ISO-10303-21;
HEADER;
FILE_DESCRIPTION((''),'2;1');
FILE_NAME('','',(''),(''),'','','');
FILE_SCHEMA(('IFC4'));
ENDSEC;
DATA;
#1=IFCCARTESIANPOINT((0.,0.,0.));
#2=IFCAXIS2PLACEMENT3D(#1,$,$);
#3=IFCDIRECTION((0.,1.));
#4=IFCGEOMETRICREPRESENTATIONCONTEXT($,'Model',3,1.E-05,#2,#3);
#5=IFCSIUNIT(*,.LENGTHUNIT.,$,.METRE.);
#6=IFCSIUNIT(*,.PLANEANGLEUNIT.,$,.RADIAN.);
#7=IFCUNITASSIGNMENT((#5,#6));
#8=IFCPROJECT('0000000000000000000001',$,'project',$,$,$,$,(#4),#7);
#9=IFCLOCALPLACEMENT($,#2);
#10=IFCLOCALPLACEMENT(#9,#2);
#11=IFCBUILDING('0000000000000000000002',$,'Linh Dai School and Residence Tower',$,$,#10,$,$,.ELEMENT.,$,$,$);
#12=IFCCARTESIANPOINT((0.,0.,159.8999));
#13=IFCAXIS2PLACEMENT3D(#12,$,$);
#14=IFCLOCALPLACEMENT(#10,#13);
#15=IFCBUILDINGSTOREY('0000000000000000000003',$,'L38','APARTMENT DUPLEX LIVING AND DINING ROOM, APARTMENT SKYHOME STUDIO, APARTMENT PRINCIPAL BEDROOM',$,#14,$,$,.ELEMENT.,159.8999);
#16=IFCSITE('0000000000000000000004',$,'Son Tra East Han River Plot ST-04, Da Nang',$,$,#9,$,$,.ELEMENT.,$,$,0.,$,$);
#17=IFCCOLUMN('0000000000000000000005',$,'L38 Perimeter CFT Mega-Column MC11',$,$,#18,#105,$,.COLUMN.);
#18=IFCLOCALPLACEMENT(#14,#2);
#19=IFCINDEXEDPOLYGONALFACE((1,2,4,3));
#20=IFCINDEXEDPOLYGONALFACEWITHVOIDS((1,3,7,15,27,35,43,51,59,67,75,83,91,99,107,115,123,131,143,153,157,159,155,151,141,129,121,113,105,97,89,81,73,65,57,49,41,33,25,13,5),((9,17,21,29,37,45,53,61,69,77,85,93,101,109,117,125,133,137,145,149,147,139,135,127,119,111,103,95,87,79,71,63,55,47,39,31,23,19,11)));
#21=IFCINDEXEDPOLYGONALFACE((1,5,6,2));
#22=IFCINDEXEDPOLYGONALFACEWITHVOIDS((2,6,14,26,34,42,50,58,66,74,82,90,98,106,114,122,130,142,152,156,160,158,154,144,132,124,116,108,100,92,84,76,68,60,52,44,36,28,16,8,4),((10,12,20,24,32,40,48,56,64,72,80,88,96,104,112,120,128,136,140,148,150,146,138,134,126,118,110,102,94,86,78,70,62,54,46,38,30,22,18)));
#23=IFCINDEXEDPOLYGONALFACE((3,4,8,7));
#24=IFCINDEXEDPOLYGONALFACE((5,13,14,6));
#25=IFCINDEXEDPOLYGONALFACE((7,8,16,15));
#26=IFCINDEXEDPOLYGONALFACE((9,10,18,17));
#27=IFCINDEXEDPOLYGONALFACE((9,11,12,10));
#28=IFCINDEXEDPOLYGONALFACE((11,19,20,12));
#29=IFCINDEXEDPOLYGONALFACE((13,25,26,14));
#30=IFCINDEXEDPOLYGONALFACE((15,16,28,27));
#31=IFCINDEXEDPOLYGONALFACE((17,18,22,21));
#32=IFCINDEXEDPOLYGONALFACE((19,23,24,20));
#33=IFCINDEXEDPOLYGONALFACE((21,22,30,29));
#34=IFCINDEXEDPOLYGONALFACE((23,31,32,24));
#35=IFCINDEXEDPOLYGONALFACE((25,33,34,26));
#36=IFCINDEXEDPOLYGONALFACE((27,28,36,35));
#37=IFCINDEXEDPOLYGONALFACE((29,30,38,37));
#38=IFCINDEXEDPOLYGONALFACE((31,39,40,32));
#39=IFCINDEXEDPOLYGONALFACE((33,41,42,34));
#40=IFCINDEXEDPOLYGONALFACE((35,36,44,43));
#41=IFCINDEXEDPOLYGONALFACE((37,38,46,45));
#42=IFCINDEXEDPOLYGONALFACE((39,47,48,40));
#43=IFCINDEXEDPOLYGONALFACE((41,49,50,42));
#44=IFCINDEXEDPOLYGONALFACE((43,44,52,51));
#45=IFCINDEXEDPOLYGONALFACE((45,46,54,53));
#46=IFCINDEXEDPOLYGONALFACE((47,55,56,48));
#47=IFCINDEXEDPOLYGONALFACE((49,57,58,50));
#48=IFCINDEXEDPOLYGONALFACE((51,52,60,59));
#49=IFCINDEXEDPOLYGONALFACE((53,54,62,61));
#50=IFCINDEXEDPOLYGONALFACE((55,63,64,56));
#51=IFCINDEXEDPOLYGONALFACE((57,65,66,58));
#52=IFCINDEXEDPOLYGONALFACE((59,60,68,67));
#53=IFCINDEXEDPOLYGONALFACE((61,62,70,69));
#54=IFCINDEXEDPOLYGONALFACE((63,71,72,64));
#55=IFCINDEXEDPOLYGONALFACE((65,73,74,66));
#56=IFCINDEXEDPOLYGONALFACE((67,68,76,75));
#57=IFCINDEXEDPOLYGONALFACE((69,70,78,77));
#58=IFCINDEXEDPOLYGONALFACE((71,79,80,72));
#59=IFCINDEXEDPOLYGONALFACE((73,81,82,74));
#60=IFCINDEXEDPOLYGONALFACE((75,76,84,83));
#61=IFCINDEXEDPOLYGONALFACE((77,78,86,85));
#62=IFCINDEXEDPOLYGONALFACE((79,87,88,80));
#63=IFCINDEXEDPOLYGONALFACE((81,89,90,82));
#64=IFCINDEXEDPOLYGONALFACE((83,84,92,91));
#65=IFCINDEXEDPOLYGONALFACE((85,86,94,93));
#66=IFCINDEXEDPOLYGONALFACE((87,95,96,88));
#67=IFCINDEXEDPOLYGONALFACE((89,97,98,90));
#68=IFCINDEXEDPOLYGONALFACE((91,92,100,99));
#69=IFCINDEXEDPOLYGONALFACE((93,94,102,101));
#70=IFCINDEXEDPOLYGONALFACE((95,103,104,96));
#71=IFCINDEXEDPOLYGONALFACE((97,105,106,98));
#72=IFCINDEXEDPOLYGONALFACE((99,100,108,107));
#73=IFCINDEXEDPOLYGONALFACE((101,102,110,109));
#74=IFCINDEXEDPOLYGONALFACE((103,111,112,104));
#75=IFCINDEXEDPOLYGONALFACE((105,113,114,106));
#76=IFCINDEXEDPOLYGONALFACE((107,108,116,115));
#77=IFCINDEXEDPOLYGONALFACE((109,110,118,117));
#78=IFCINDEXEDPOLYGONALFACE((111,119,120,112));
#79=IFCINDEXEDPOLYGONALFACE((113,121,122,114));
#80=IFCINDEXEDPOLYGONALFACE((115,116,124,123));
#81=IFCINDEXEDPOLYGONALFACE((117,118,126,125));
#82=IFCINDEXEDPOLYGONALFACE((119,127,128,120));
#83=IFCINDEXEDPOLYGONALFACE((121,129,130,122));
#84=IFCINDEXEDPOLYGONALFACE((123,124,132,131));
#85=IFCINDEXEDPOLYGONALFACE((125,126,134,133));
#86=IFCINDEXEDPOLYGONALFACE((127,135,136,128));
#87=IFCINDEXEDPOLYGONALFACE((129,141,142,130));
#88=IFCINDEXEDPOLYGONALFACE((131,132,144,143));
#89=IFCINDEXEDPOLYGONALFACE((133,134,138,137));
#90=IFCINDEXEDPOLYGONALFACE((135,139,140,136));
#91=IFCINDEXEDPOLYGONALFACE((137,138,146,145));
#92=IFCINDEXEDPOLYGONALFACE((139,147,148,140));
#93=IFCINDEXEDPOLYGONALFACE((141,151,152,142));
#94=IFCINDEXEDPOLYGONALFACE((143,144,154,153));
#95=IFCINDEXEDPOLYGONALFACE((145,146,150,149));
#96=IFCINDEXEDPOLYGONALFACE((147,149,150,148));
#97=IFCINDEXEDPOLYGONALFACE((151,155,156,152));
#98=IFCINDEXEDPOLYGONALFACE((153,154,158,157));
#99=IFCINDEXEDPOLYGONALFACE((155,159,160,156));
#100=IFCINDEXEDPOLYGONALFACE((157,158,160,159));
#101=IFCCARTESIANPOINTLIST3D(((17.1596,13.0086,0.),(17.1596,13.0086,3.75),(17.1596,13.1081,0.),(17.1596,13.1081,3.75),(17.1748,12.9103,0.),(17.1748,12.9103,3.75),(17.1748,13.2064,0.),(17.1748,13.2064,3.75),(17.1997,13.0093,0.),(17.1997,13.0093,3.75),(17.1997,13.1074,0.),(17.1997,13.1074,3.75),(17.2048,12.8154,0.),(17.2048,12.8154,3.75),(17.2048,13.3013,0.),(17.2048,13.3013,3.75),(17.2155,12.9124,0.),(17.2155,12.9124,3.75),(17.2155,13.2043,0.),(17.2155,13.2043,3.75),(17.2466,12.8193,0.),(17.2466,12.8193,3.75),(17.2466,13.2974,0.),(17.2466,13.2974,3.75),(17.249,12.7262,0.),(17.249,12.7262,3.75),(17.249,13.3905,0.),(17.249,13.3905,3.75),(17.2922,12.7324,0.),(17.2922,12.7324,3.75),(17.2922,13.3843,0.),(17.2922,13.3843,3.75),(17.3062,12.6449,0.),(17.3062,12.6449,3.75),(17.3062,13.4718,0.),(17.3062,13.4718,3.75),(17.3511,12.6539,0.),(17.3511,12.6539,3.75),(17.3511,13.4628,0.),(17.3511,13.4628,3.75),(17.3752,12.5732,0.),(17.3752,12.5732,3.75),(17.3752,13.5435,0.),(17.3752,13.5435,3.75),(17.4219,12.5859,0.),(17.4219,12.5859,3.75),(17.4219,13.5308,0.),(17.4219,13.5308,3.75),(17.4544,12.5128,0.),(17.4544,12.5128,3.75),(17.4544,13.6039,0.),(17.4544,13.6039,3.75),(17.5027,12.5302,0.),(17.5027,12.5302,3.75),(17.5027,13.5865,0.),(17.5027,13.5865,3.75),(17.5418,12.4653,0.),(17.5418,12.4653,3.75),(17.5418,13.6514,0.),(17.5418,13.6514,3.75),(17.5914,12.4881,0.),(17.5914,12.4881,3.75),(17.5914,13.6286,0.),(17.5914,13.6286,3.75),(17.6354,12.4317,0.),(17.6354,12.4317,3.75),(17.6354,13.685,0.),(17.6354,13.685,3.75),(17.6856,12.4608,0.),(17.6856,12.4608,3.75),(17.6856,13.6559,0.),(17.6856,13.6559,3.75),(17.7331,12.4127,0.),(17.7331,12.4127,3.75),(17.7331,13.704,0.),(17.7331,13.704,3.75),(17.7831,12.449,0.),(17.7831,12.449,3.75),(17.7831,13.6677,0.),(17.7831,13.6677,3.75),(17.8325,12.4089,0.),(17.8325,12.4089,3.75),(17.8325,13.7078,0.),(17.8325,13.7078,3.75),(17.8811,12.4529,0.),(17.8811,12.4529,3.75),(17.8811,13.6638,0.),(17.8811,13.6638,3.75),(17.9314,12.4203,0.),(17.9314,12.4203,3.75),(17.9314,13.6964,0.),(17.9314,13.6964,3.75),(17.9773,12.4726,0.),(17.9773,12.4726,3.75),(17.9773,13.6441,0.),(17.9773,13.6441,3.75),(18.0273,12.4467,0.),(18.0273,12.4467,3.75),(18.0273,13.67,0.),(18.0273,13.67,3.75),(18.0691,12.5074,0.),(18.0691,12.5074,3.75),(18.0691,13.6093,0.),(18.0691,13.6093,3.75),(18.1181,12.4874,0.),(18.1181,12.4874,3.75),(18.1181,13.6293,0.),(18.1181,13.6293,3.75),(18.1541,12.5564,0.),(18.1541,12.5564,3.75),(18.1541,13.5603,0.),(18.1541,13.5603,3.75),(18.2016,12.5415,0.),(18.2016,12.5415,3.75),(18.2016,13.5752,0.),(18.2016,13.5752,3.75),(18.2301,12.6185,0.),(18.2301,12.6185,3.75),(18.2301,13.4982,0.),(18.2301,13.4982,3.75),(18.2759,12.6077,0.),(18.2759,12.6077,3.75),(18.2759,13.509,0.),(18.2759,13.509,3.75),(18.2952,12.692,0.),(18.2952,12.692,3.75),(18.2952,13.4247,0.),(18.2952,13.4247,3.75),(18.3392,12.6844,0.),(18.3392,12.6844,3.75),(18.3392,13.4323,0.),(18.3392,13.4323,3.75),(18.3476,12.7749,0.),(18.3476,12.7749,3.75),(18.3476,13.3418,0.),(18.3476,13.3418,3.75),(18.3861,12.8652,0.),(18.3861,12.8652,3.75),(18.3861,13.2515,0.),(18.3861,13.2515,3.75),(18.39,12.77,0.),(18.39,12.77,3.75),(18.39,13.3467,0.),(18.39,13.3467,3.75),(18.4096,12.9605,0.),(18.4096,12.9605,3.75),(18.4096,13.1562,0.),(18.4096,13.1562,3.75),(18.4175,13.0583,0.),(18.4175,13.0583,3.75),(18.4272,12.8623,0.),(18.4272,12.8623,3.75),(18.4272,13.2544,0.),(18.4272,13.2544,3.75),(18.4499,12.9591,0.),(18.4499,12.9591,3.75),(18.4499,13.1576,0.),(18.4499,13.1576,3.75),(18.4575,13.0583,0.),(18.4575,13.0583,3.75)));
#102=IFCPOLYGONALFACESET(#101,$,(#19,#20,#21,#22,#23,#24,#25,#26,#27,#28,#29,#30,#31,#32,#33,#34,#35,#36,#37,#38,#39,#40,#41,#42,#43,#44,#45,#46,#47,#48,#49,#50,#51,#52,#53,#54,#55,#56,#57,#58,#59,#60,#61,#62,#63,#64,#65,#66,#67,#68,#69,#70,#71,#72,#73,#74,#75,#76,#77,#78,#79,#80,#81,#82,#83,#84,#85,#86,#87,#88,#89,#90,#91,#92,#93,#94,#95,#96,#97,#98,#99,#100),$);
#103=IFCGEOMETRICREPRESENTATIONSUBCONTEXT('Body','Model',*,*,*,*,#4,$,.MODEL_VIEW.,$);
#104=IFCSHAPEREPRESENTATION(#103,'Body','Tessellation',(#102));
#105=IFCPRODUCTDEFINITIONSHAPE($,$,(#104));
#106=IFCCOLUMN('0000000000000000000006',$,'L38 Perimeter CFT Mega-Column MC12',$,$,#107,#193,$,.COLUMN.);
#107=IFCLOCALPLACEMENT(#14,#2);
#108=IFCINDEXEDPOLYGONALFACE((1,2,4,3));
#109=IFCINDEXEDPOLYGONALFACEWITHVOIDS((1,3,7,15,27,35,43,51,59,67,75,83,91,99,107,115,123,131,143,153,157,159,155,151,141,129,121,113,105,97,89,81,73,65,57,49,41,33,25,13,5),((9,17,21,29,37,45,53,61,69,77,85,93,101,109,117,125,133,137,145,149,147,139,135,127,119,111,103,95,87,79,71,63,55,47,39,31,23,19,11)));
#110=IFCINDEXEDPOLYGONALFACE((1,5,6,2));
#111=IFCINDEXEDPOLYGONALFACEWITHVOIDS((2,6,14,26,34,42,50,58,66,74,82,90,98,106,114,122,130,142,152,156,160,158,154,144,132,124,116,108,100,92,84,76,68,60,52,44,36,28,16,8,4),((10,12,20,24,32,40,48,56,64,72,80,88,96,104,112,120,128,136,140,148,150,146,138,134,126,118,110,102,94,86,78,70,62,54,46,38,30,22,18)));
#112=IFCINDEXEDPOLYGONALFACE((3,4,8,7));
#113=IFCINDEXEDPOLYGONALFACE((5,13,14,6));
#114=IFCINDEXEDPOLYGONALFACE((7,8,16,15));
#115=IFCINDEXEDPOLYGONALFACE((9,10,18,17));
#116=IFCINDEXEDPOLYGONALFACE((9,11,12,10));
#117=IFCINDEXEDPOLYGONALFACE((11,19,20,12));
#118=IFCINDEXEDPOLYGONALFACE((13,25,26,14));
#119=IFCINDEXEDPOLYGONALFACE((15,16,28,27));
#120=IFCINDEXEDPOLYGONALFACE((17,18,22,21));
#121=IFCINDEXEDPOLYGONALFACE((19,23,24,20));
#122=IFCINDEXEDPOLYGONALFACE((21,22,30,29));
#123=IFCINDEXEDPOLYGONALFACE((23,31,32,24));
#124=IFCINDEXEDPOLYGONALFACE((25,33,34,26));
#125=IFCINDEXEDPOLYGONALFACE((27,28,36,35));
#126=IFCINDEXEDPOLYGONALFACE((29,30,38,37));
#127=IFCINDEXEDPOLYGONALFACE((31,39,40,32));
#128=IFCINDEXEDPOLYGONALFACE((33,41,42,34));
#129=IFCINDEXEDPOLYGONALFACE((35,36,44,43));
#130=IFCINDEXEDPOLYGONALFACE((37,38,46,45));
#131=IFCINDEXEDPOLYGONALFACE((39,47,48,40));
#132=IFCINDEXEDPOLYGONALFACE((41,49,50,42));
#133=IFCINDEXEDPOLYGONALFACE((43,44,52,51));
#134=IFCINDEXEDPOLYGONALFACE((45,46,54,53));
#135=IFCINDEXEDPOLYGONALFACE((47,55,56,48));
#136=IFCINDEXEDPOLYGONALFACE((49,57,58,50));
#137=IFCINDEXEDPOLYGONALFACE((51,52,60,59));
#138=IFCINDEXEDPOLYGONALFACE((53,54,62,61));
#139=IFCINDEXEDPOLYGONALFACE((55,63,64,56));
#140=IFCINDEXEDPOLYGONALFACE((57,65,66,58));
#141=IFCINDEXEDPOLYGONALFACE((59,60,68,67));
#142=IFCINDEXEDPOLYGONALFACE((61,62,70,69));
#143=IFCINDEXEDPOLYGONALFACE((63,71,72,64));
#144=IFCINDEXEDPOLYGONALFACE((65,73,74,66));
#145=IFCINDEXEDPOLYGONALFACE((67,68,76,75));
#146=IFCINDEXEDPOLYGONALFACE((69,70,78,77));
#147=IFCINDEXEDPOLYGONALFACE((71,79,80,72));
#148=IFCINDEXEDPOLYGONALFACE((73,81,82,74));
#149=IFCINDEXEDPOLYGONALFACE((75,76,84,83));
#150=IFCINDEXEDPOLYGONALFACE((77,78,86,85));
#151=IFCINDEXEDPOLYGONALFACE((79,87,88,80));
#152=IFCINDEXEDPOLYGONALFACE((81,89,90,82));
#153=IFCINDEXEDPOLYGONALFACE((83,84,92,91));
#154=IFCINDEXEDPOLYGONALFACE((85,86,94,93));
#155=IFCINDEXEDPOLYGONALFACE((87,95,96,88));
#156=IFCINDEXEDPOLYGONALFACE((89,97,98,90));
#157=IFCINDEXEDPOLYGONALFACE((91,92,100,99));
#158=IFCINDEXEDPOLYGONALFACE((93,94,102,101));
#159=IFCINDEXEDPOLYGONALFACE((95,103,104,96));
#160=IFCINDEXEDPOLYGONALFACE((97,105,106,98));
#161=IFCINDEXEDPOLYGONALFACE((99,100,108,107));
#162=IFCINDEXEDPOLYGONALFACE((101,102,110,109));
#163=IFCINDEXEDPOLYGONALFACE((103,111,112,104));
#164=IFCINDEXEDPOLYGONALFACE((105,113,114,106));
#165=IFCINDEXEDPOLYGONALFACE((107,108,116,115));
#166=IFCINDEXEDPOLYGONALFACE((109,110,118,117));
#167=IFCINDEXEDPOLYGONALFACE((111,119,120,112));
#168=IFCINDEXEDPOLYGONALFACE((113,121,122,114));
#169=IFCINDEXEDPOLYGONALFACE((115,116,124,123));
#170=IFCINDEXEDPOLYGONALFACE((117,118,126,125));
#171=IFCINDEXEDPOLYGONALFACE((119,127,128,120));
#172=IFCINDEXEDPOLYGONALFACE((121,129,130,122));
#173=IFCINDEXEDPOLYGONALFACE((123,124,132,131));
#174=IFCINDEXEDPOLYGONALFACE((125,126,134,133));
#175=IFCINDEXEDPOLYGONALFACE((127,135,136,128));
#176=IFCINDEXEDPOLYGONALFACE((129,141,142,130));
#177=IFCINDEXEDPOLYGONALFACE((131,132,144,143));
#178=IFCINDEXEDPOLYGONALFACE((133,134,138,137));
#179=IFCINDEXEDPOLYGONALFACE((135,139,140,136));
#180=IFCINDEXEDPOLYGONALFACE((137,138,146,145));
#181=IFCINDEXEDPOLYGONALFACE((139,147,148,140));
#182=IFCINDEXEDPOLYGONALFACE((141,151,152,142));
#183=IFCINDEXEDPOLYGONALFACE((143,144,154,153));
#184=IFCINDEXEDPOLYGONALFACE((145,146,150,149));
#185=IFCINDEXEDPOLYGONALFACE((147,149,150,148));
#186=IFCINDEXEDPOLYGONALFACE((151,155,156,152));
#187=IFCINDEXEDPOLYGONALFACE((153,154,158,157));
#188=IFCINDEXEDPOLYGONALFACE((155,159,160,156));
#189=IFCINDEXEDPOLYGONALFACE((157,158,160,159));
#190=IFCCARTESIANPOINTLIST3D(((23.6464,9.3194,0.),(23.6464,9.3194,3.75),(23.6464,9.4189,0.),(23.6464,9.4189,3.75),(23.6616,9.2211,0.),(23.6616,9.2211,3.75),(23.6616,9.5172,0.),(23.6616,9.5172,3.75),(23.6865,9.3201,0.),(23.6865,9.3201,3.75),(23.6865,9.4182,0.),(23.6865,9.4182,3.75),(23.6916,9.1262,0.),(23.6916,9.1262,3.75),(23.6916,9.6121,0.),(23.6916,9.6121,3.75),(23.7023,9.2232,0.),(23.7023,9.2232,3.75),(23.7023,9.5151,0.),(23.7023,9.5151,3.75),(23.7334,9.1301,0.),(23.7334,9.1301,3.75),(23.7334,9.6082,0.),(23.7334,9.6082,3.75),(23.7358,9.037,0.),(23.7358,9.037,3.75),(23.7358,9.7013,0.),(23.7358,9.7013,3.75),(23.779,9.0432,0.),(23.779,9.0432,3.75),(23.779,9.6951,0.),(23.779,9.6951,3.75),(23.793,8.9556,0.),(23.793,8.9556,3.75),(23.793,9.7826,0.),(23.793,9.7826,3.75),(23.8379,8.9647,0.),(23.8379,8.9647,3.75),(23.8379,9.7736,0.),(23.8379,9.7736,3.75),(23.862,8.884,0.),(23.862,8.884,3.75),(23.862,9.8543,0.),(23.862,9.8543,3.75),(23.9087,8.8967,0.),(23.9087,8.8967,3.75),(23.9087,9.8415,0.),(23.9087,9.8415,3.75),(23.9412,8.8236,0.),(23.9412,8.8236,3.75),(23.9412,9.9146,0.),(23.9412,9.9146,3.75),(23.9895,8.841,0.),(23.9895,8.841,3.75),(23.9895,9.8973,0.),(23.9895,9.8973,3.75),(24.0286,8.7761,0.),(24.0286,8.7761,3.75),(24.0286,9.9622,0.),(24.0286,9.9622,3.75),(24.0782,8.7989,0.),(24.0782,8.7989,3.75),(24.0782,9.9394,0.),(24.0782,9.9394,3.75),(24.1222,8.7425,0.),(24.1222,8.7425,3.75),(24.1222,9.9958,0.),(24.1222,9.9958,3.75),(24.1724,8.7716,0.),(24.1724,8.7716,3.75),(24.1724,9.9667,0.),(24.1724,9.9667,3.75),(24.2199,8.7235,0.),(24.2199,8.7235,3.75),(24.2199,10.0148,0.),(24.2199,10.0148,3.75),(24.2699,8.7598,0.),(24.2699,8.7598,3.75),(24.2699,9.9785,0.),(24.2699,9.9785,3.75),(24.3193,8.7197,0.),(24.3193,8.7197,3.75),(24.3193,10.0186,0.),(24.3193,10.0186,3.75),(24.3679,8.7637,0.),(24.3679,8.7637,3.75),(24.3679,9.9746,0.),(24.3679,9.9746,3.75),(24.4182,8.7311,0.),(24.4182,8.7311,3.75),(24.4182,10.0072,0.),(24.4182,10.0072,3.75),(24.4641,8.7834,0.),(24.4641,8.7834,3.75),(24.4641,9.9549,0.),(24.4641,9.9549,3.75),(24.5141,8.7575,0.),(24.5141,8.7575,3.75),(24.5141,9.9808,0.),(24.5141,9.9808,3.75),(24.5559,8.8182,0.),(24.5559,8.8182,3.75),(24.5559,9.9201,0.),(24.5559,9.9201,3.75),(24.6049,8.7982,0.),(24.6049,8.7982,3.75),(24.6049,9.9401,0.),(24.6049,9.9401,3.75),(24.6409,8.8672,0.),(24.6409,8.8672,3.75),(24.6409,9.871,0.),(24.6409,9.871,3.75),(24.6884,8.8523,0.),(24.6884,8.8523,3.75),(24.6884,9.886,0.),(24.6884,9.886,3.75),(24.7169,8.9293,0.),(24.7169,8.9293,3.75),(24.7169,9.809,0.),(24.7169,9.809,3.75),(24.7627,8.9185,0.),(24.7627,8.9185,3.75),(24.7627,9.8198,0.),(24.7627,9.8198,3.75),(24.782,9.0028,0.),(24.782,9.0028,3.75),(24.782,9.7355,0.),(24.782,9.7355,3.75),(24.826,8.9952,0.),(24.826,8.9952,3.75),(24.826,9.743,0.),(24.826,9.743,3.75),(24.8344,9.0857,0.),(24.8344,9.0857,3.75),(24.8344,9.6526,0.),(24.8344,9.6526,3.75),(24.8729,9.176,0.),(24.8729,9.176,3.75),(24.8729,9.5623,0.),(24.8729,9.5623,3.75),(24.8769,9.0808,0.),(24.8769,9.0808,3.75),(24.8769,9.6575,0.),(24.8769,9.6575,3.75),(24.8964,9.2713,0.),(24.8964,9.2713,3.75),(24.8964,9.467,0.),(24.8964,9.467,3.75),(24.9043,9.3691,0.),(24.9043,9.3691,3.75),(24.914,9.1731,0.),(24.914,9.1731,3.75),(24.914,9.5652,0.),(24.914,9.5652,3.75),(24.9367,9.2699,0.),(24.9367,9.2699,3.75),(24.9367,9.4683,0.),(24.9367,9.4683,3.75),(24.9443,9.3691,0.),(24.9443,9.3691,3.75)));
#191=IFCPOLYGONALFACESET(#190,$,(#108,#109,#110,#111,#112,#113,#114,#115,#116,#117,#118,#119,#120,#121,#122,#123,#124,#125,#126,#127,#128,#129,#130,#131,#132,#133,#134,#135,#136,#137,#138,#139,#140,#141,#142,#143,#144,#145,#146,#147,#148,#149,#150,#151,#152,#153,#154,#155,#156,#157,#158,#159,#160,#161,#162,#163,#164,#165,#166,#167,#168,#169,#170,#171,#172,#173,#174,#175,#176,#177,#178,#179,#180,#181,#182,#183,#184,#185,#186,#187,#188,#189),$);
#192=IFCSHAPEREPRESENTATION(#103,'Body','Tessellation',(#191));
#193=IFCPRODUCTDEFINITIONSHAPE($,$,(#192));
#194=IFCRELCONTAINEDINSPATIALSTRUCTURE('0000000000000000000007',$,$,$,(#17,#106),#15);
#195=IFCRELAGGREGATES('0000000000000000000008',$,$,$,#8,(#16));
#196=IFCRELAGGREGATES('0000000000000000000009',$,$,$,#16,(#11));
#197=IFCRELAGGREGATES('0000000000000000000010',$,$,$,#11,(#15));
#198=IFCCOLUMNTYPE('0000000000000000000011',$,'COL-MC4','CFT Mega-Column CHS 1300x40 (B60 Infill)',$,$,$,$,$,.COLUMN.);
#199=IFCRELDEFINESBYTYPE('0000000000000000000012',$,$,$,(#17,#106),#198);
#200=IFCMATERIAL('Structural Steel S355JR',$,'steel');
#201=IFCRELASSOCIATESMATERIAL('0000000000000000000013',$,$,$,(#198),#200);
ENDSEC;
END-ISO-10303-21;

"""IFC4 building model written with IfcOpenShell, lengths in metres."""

from ifc_helpers import new_model, si_unit, direction, frame, origin, origin_2d, place, context, subcontext, project, spatial, hollow_circle, extrude, material, material_profile, profile_set, type_object, element, save


model = new_model("IFC4")

# Units and contexts
model_context = context("Model", 3, precision=1e-05, world=origin(), true_north=direction((0.0, 1.0)))
body_context = subcontext(model_context, "Body", "Model", "MODEL_VIEW")
ifc_project = project(units=[si_unit("LENGTHUNIT", "METRE"), si_unit("PLANEANGLEUNIT", "RADIAN")], contexts=[model_context])

# Site, building, storey
site_placement = place(None, origin())
site = spatial("IfcSite", under=ifc_project, at=site_placement, Name="Son Tra East Han River Plot ST-04, Da Nang", CompositionType="ELEMENT", RefElevation=0.0)
building_placement = place(site_placement, origin())
building = spatial("IfcBuilding", under=site, at=building_placement, Name="Linh Dai School and Residence Tower", CompositionType="ELEMENT")
storey_placement = place(building_placement, frame((0.0, 0.0, 159.8999)))
storey = spatial("IfcBuildingStorey", under=building, at=storey_placement, Name="L38", Description="APARTMENT DUPLEX LIVING AND DINING ROOM, APARTMENT SKYHOME STUDIO, APARTMENT PRINCIPAL BEDROOM", CompositionType="ELEMENT", Elevation=159.8999)

# Columns
ifc_material_1 = material(Name="Structural Steel S355JR", Category="steel")
ifc_material_profile_1 = material_profile(ifc_material_1, hollow_circle(Radius=0.6499, WallThickness=0.04, at=origin_2d()), Name="CHS 1300x40")
ifc_profile_set_1 = profile_set([ifc_material_profile_1], Name="Structural Steel S355JR")
column_type = type_object("IfcColumnType", Name="COL-MC4", Description="CFT Mega-Column CHS 1300x40 (B60 Infill)", PredefinedType="COLUMN", material=ifc_profile_set_1)
for number, where, z_axis, x_axis, name in (
    (1, (17.8076, 13.0583, 0.0), (0.0, 0.0, 1.0), (1.0, 0.0, 0.0), "L38 Perimeter CFT Mega-Column MC11"),
    (2, (24.2944, 9.3691, 0.0), (0.0, 0.0, 1.0), (1.0, 0.0, 0.0), "L38 Perimeter CFT Mega-Column MC12"),
):
    element("IfcColumn", number, at=place(storey_placement, frame(where, z_axis=z_axis, x_axis=x_axis)), inside=storey, type_object=column_type, Name=name, PredefinedType="COLUMN", context=body_context, shape_type="SweptSolid", body=[
        extrude(hollow_circle(Radius=0.6499, WallThickness=0.04, at=origin_2d()), origin(), (0.0, 0.0, 1.0), 3.75),
    ])

save(model, "model.ifc")
